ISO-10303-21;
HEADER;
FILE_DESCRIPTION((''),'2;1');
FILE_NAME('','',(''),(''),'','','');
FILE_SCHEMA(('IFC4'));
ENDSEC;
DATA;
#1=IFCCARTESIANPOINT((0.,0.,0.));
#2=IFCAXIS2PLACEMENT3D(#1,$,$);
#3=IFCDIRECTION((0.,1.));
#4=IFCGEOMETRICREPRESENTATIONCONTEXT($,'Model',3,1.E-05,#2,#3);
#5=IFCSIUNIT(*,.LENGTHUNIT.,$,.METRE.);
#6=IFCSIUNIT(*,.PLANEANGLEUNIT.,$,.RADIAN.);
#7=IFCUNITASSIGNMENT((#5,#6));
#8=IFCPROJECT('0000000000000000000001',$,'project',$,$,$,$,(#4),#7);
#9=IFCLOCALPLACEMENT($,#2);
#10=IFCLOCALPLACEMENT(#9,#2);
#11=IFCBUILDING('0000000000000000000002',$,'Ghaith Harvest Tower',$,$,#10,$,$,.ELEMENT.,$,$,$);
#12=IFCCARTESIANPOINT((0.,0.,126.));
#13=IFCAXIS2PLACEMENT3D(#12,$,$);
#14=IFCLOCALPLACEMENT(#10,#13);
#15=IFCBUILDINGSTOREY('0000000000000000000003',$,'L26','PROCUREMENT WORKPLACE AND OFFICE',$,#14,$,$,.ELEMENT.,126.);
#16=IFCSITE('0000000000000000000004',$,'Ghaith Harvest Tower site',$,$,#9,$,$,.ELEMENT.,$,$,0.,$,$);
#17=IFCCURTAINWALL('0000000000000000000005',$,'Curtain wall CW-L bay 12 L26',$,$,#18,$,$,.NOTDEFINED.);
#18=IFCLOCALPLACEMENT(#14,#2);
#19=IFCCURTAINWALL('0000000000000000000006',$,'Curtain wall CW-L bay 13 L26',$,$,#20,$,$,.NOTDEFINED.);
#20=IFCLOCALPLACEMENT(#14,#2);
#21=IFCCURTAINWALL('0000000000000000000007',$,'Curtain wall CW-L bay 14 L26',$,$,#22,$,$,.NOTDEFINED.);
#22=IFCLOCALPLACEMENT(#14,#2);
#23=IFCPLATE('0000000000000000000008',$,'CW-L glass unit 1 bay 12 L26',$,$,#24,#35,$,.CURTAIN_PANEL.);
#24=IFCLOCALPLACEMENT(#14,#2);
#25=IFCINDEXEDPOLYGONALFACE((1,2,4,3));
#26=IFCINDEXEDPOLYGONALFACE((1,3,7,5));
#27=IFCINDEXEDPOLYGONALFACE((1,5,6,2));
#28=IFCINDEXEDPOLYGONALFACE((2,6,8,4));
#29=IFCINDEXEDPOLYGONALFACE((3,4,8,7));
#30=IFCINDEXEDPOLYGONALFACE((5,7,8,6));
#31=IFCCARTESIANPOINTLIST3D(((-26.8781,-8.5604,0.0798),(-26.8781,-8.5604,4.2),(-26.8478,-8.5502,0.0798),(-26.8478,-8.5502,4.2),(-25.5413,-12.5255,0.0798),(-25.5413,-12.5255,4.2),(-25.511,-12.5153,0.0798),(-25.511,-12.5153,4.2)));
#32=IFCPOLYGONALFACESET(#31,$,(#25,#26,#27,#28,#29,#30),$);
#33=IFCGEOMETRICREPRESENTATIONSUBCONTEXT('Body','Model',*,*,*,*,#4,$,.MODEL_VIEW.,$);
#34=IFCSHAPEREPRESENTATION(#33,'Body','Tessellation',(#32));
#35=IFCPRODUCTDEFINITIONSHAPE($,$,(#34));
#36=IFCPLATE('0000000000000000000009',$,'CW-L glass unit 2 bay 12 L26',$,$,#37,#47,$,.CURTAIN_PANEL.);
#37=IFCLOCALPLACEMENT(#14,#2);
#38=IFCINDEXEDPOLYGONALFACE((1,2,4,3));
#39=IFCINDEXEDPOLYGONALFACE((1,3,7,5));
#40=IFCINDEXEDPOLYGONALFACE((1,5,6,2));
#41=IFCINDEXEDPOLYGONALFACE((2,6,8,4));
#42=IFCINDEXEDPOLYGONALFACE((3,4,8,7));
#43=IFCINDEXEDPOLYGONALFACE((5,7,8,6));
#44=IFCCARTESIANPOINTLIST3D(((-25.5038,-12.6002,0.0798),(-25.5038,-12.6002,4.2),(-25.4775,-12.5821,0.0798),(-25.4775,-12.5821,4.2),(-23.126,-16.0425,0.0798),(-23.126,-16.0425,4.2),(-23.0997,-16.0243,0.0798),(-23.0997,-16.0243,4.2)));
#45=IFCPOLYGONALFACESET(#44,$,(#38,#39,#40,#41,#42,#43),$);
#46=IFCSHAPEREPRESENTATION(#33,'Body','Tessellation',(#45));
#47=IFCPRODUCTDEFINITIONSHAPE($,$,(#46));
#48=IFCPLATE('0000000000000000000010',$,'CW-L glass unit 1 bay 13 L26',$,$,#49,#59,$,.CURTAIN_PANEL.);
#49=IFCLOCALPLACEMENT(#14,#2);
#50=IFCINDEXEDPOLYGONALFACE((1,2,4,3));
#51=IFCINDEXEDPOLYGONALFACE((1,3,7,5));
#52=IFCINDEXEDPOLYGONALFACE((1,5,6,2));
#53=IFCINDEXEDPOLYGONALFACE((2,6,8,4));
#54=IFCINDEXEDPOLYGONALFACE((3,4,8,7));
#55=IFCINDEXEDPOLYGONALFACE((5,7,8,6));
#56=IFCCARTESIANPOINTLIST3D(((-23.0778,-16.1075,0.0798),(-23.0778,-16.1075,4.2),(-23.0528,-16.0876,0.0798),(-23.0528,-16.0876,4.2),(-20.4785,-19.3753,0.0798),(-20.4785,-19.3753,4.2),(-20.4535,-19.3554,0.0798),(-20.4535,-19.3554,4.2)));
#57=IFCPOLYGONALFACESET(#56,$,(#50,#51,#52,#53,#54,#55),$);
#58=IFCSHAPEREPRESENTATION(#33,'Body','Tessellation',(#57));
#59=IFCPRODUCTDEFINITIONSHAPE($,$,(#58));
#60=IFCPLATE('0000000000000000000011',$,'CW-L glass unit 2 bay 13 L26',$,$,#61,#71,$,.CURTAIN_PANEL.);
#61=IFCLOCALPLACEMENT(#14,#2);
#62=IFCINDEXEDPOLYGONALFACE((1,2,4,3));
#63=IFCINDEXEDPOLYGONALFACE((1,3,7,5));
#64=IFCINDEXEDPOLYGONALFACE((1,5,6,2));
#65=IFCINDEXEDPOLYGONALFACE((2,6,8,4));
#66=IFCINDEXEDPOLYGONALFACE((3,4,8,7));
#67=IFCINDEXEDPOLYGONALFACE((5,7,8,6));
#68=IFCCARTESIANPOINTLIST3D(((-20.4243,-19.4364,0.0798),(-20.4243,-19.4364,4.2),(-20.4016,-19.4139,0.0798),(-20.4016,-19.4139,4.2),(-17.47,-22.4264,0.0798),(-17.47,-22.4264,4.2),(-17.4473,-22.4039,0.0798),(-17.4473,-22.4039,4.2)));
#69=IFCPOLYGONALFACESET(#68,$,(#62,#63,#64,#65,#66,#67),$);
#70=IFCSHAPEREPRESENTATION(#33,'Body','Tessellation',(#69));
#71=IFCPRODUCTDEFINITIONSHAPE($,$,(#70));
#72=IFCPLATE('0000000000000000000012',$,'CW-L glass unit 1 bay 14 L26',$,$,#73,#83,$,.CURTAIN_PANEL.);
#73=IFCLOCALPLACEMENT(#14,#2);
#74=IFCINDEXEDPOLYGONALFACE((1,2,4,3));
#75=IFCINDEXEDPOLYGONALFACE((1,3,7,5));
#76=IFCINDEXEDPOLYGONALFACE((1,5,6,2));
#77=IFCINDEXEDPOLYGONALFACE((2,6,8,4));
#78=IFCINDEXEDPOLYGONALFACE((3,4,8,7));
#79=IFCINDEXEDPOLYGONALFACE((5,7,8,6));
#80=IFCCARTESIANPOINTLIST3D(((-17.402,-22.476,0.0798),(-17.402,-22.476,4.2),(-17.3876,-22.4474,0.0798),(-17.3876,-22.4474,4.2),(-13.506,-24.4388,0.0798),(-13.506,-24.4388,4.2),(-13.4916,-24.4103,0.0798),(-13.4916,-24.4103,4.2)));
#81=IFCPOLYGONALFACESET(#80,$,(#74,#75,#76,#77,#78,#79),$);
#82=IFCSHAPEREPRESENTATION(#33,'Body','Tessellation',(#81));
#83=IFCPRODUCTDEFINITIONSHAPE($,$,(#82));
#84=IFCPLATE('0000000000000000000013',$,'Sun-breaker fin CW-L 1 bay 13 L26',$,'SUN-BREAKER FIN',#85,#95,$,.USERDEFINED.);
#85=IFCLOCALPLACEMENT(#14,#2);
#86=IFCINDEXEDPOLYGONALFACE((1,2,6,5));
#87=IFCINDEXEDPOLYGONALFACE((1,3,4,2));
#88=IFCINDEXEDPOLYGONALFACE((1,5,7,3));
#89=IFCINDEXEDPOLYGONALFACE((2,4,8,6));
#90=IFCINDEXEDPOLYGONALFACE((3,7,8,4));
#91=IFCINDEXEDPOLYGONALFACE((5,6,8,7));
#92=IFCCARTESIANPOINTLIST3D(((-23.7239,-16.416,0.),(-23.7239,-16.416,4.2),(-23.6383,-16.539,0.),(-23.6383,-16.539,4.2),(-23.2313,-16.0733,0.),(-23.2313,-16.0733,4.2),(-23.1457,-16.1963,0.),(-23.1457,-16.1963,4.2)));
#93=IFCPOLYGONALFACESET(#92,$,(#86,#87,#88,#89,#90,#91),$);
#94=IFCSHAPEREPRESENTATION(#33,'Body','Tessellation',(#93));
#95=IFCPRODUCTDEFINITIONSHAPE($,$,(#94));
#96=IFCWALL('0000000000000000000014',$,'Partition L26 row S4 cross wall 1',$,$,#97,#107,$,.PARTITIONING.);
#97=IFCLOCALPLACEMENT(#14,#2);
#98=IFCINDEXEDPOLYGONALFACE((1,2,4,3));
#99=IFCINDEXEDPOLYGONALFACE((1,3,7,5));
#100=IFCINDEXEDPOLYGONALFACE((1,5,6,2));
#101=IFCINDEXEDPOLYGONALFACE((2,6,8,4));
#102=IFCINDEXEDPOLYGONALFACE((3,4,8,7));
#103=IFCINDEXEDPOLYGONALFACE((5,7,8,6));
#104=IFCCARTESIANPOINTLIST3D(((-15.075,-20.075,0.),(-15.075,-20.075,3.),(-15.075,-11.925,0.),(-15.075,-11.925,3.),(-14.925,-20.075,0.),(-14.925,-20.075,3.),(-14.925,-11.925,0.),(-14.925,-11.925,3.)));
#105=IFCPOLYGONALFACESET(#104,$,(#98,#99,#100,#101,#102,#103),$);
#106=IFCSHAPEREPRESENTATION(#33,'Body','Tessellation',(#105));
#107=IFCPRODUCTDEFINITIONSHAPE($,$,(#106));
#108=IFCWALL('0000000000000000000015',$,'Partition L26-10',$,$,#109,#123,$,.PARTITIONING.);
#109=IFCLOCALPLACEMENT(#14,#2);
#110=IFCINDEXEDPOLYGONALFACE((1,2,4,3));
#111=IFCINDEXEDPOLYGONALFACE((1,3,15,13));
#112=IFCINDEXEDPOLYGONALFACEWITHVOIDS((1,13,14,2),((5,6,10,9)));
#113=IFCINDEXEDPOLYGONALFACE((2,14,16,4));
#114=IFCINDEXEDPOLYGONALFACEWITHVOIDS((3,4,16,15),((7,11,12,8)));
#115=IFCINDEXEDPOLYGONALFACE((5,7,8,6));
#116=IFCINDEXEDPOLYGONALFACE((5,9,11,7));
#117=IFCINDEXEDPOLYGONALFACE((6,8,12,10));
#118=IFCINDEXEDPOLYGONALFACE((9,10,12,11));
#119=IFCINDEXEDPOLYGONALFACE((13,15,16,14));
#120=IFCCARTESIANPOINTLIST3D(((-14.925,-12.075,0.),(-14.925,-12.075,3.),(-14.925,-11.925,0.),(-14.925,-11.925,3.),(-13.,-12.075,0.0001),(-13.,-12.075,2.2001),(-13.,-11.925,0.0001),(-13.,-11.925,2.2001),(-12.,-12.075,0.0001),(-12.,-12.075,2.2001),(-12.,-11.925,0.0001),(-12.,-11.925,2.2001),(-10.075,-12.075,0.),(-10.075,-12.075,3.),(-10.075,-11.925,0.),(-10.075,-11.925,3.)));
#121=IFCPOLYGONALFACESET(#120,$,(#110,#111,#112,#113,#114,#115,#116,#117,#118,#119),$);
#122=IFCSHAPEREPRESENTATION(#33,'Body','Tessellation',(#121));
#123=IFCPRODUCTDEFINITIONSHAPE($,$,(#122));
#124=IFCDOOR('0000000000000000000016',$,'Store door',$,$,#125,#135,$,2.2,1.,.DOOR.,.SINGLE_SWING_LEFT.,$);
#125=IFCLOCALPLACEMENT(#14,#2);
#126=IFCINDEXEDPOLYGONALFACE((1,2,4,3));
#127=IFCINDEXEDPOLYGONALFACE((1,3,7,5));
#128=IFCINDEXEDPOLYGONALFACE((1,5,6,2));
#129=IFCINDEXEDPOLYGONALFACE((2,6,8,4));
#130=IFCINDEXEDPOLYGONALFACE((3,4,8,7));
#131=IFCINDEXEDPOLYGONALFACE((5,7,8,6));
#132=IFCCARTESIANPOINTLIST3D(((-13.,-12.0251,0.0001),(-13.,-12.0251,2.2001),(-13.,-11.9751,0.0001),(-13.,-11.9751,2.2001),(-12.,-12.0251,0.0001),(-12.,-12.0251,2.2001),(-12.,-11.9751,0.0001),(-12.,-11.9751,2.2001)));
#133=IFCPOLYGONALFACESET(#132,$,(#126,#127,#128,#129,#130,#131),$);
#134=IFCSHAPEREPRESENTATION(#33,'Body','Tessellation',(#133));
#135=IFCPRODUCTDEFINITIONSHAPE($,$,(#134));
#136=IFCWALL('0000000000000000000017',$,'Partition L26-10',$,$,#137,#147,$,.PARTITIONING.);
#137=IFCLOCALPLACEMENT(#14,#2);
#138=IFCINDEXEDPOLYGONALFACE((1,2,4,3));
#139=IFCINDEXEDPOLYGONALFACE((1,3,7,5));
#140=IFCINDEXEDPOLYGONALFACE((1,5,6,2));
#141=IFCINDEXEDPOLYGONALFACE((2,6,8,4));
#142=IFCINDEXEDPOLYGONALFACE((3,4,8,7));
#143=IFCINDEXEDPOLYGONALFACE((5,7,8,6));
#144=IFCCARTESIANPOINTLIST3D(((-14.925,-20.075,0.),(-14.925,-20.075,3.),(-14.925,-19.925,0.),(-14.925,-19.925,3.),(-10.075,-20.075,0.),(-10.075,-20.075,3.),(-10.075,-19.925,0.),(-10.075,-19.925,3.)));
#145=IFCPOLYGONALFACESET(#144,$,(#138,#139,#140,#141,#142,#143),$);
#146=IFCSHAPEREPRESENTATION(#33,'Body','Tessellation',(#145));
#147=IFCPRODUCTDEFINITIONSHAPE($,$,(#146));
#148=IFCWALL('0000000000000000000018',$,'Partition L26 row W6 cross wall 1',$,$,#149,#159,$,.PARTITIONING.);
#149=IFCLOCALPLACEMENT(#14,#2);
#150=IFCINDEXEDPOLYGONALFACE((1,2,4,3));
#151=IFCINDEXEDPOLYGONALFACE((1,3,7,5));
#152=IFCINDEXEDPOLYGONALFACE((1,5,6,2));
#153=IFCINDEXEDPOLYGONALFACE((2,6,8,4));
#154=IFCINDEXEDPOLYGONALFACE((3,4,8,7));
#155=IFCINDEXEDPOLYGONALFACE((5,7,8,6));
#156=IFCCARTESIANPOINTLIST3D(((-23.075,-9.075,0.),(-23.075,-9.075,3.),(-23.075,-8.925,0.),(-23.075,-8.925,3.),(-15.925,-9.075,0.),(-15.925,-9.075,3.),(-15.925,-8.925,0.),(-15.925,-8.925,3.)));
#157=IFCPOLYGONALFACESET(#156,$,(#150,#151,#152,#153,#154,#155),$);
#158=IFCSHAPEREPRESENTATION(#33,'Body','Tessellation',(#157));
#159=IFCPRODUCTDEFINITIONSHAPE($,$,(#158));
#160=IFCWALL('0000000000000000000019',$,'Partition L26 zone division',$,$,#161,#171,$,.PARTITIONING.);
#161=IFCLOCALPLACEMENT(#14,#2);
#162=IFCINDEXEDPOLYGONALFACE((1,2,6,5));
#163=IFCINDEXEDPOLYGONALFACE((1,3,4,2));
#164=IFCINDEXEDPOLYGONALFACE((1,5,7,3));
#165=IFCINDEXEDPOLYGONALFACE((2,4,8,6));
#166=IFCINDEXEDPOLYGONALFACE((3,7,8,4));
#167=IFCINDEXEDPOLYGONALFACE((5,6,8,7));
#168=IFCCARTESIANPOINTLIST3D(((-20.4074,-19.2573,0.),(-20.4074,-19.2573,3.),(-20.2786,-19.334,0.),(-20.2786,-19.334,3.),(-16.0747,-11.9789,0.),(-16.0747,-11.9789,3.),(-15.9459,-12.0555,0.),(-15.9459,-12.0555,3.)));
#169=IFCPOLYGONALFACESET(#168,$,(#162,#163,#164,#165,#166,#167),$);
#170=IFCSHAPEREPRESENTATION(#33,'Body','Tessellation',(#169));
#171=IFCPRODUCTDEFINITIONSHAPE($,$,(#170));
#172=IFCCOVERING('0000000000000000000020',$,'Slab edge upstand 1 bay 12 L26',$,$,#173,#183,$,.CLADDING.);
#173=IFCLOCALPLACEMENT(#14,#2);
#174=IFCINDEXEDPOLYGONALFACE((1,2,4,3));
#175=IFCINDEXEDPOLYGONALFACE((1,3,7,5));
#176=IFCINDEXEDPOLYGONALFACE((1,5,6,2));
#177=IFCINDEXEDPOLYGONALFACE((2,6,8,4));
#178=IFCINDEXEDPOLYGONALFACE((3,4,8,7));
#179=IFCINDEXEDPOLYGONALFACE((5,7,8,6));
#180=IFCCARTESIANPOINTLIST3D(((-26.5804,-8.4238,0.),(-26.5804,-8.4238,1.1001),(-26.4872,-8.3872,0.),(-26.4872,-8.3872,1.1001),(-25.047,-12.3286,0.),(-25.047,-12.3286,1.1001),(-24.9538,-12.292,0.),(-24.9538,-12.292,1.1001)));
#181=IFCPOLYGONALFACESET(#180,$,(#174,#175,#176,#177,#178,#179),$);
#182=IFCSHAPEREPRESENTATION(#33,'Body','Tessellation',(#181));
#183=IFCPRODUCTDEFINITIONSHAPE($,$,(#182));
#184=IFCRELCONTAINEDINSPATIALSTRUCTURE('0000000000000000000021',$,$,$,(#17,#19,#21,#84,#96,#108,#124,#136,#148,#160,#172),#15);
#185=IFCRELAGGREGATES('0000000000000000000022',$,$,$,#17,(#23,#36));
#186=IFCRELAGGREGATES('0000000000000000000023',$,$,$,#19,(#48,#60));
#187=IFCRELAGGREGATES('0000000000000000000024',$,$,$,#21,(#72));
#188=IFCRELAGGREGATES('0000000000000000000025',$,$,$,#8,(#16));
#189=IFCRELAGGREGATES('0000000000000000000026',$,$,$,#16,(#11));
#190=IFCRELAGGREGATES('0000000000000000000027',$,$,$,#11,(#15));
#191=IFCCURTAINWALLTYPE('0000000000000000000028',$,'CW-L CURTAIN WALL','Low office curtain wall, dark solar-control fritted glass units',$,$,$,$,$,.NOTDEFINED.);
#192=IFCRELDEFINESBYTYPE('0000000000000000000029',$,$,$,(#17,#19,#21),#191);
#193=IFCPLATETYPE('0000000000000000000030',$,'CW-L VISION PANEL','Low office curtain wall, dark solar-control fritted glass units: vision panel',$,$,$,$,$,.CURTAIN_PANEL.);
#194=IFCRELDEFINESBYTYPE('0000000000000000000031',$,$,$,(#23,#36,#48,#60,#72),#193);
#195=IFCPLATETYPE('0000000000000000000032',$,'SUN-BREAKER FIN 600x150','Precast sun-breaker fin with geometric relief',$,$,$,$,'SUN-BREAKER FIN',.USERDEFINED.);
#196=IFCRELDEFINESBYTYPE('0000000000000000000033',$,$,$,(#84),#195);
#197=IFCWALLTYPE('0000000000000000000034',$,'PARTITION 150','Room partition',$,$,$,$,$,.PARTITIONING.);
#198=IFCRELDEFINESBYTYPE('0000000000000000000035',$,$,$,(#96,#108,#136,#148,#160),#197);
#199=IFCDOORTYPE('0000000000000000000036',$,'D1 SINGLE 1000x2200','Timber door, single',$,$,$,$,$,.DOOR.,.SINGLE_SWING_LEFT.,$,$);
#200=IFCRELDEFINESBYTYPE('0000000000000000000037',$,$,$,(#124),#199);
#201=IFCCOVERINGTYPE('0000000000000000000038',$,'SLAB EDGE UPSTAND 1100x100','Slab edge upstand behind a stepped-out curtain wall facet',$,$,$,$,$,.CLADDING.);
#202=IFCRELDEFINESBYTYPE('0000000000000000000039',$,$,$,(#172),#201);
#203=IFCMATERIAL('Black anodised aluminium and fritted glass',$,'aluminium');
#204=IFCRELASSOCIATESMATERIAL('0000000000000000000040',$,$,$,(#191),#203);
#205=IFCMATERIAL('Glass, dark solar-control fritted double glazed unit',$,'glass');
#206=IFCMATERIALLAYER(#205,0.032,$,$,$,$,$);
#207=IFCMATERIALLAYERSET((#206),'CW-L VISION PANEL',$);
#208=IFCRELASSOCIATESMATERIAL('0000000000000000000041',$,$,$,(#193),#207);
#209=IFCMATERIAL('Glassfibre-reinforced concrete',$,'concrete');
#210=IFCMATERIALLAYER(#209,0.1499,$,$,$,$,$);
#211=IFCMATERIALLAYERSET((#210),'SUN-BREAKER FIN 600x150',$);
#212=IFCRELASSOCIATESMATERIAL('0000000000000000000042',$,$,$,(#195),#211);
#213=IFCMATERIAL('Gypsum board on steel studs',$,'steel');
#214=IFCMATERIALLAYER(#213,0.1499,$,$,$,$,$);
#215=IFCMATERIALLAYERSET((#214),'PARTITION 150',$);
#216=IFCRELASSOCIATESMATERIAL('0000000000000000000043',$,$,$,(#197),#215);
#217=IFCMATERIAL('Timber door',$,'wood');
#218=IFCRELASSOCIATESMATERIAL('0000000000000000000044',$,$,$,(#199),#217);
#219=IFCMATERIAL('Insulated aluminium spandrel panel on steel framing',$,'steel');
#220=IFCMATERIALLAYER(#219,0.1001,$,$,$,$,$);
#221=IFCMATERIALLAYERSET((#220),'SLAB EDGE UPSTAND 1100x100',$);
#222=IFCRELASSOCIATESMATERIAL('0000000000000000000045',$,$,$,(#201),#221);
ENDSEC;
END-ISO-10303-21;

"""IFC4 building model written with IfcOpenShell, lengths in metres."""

from ifc_helpers import new_model, si_unit, direction, frame, frame_2d, origin, origin_2d, place, context, subcontext, project, spatial, rectangle, extrude, material, layer, layer_set, type_object, element, fill, aggregate, save


model = new_model("IFC4")

# Units and contexts
model_context = context("Model", 3, precision=1e-05, world=origin(), true_north=direction((0.0, 1.0)))
body_context = subcontext(model_context, "Body", "Model", "MODEL_VIEW")
ifc_project = project(units=[si_unit("LENGTHUNIT", "METRE"), si_unit("PLANEANGLEUNIT", "RADIAN")], contexts=[model_context])

# Site, building, storey
site_placement = place(None, origin())
site = spatial("IfcSite", under=ifc_project, at=site_placement, Name="Ghaith Harvest Tower site", CompositionType="ELEMENT", RefElevation=0.0)
building_placement = place(site_placement, origin())
building = spatial("IfcBuilding", under=site, at=building_placement, Name="Ghaith Harvest Tower", CompositionType="ELEMENT")
storey_placement = place(building_placement, frame((0.0, 0.0, 126.0)))
storey = spatial("IfcBuildingStorey", under=building, at=storey_placement, Name="L26", Description="PROCUREMENT WORKPLACE AND OFFICE", CompositionType="ELEMENT", Elevation=126.0)

# Curtain wall
ifc_material_1 = material(Name="Black anodised aluminium and fritted glass", Category="aluminium")
curtain_wall_type = type_object("IfcCurtainWallType", Name="CW-L CURTAIN WALL", Description="Low office curtain wall, dark solar-control fritted glass units", PredefinedType="NOTDEFINED", material=ifc_material_1)
curtain_wall_1_placement = place(storey_placement, origin())
curtain_wall_1 = element("IfcCurtainWall", 1, at=curtain_wall_1_placement, inside=storey, type_object=curtain_wall_type, Name="Curtain wall CW-L bay 12 L26", PredefinedType="NOTDEFINED")

# Curtain wall
curtain_wall_2_placement = place(storey_placement, origin())
curtain_wall_2 = element("IfcCurtainWall", 2, at=curtain_wall_2_placement, inside=storey, type_object=curtain_wall_type, Name="Curtain wall CW-L bay 13 L26", PredefinedType="NOTDEFINED")

# Curtain wall
curtain_wall_3_placement = place(storey_placement, origin())
curtain_wall_3 = element("IfcCurtainWall", 3, at=curtain_wall_3_placement, inside=storey, type_object=curtain_wall_type, Name="Curtain wall CW-L bay 14 L26", PredefinedType="NOTDEFINED")

# Plates
ifc_material_2 = material(Name="Glass, dark solar-control fritted double glazed unit", Category="glass")
ifc_layer_1 = layer(ifc_material_2, 0.032)
ifc_layer_set_1 = layer_set([ifc_layer_1], Name="CW-L VISION PANEL")
plate_type_1 = type_object("IfcPlateType", Name="CW-L VISION PANEL", Description="Low office curtain wall, dark solar-control fritted glass units: vision panel", PredefinedType="CURTAIN_PANEL", material=ifc_layer_set_1)
plate_1_placement = place(storey_placement, frame((-26.1946, -10.5378, 0.0798), z_axis=(0.0, 0.0, 1.0), x_axis=(0.319477, -0.947594, 0.0)))
plate_1 = element("IfcPlate", 4, at=plate_1_placement, type_object=plate_type_1, Name="CW-L glass unit 1 bay 12 L26", PredefinedType="CURTAIN_PANEL", context=body_context, shape_type="SweptSolid", body=[
    extrude(rectangle(XDim=4.1843, YDim=0.032, at=origin_2d()), origin(), (0.0, 0.0, 1.0), 4.1201),
])
plate_2_placement = place(storey_placement, frame((-24.3018, -14.3123, 0.0798), z_axis=(0.0, 0.0, 1.0), x_axis=(0.568348, -0.822788, 0.0)))
plate_2 = element("IfcPlate", 5, at=plate_2_placement, type_object=plate_type_1, Name="CW-L glass unit 2 bay 12 L26", PredefinedType="CURTAIN_PANEL", context=body_context, shape_type="SweptSolid", body=[
    extrude(rectangle(XDim=4.1836, YDim=0.032, at=origin_2d()), origin(), (0.0, 0.0, 1.0), 4.1201),
])
aggregate(curtain_wall_1, [plate_1, plate_2])
plate_3_placement = place(storey_placement, frame((-21.7656, -17.7314, 0.0798), z_axis=(0.0, 0.0, 1.0), x_axis=(0.622507, -0.782614, 0.0)))
plate_3 = element("IfcPlate", 6, at=plate_3_placement, type_object=plate_type_1, Name="CW-L glass unit 1 bay 13 L26", PredefinedType="CURTAIN_PANEL", context=body_context, shape_type="SweptSolid", body=[
    extrude(rectangle(XDim=4.1755, YDim=0.032, at=origin_2d()), origin(), (0.0, 0.0, 1.0), 4.1201),
])
plate_4_placement = place(storey_placement, frame((-18.9358, -20.9202, 0.0798), z_axis=(0.0, 0.0, 1.0), x_axis=(0.702843, -0.711345, 0.0)))
plate_4 = element("IfcPlate", 7, at=plate_4_placement, type_object=plate_type_1, Name="CW-L glass unit 2 bay 13 L26", PredefinedType="CURTAIN_PANEL", context=body_context, shape_type="SweptSolid", body=[
    extrude(rectangle(XDim=4.2034, YDim=0.032, at=origin_2d()), origin(), (0.0, 0.0, 1.0), 4.1201),
])
aggregate(curtain_wall_2, [plate_3, plate_4])
plate_5_placement = place(storey_placement, frame((-15.4468, -23.4431, 0.0798), z_axis=(0.0, 0.0, 1.0), x_axis=(0.893062, -0.449933, 0.0)))
plate_5 = element("IfcPlate", 8, at=plate_5_placement, type_object=plate_type_1, Name="CW-L glass unit 1 bay 14 L26", PredefinedType="CURTAIN_PANEL", context=body_context, shape_type="SweptSolid", body=[
    extrude(rectangle(XDim=4.3625, YDim=0.032, at=origin_2d()), origin(), (0.0, 0.0, 1.0), 4.1201),
])
aggregate(curtain_wall_3, [plate_5])
ifc_material_3 = material(Name="Glassfibre-reinforced concrete", Category="concrete")
ifc_layer_2 = layer(ifc_material_3, 0.1499)
ifc_layer_set_2 = layer_set([ifc_layer_2], Name="SUN-BREAKER FIN 600x150")
plate_type_2 = type_object("IfcPlateType", Name="SUN-BREAKER FIN 600x150", Description="Precast sun-breaker fin with geometric relief", ElementType="SUN-BREAKER FIN", PredefinedType="USERDEFINED", material=ifc_layer_set_2)
plate_6_placement = place(storey_placement, frame((-23.4348, -16.3062, 0.0), z_axis=(0.0, 0.0, 1.0), x_axis=(-0.820845, -0.57115, 0.0)))
element("IfcPlate", 9, at=plate_6_placement, inside=storey, type_object=plate_type_2, Name="Sun-breaker fin CW-L 1 bay 13 L26", ObjectType="SUN-BREAKER FIN", PredefinedType="USERDEFINED", context=body_context, shape_type="SweptSolid", body=[
    extrude(rectangle(XDim=0.6001, YDim=0.1499, at=origin_2d()), origin(), (0.0, 0.0, 1.0), 4.2),
])

# Wall
ifc_material_4 = material(Name="Gypsum board on steel studs", Category="steel")
ifc_layer_3 = layer(ifc_material_4, 0.1499)
ifc_layer_set_3 = layer_set([ifc_layer_3], Name="PARTITION 150")
wall_type_1 = type_object("IfcWallType", Name="PARTITION 150", Description="Room partition", PredefinedType="PARTITIONING", material=ifc_layer_set_3)
wall_1_placement = place(storey_placement, frame((-15.0, -11.925, 0.0), z_axis=(0.0, 0.0, 1.0), x_axis=(0.0, -1.0, 0.0)))
element("IfcWall", 10, at=wall_1_placement, inside=storey, type_object=wall_type_1, Name="Partition L26 row S4 cross wall 1", PredefinedType="PARTITIONING", context=body_context, shape_type="SweptSolid", body=[
    extrude(rectangle(XDim=8.1499, YDim=0.1499, at=frame_2d((4.075, 0.0))), origin(), (0.0, 0.0, 1.0), 3.0),
])

# Wall, opening, door
wall_2_placement = place(storey_placement, frame((-14.925, -12.0, 0.0), z_axis=(0.0, 0.0, 1.0), x_axis=(1.0, 0.0, 0.0)))
wall_2 = element("IfcWall", 11, at=wall_2_placement, inside=storey, type_object=wall_type_1, Name="Partition L26-10", PredefinedType="PARTITIONING", context=body_context, shape_type="SweptSolid", body=[
    extrude(rectangle(XDim=4.8501, YDim=0.1499, at=frame_2d((2.425, 0.0))), origin(), (0.0, 0.0, 1.0), 3.0),
])
opening_1_placement = place(wall_2_placement, frame((1.925, 0.0, 0.0)))
opening_1 = element("IfcOpeningElement", 12, at=opening_1_placement, cuts=wall_2, PredefinedType="OPENING", context=body_context, shape_type="SweptSolid", body=[
    extrude(rectangle(XDim=1.0, YDim=2.2, at=frame_2d((0.5, 1.1001))), frame((0.0, 0.085, 0.0), z_axis=(0.0, -1.0, 0.0), x_axis=(1.0, 0.0, 0.0)), (0.0, 0.0, 1.0), 0.1699),
])
ifc_material_5 = material(Name="Timber door", Category="wood")
door_type_1 = type_object("IfcDoorType", Name="D1 SINGLE 1000x2200", Description="Timber door, single", OperationType="SINGLE_SWING_LEFT", PredefinedType="DOOR", material=ifc_material_5)
door_1_placement = place(opening_1_placement, origin())
door_1 = element("IfcDoor", 13, at=door_1_placement, inside=storey, type_object=door_type_1, Name="Store door", OperationType="SINGLE_SWING_LEFT", OverallHeight=2.2, OverallWidth=1.0, PredefinedType="DOOR", context=body_context, shape_type="SweptSolid", body=[
    extrude(rectangle(XDim=1.0, YDim=2.2, at=frame_2d((0.5, 1.1001))), frame((0.0, 0.0249, 0.0), z_axis=(0.0, -1.0, 0.0), x_axis=(1.0, 0.0, 0.0)), (0.0, 0.0, 1.0), 0.05),
])
fill(opening_1, door_1)

# Walls
wall_3_placement = place(storey_placement, frame((-14.925, -20.0, 0.0), z_axis=(0.0, 0.0, 1.0), x_axis=(1.0, 0.0, 0.0)))
element("IfcWall", 14, at=wall_3_placement, inside=storey, type_object=wall_type_1, Name="Partition L26-10", PredefinedType="PARTITIONING", context=body_context, shape_type="SweptSolid", body=[
    extrude(rectangle(XDim=4.8501, YDim=0.1499, at=frame_2d((2.425, 0.0))), origin(), (0.0, 0.0, 1.0), 3.0),
])
wall_4_placement = place(storey_placement, frame((-15.925, -9.0, 0.0), z_axis=(0.0, 0.0, 1.0), x_axis=(-1.0, 0.0, 0.0)))
element("IfcWall", 15, at=wall_4_placement, inside=storey, type_object=wall_type_1, Name="Partition L26 row W6 cross wall 1", PredefinedType="PARTITIONING", context=body_context, shape_type="SweptSolid", body=[
    extrude(rectangle(XDim=7.1499, YDim=0.1499, at=frame_2d((3.575, 0.0))), origin(), (0.0, 0.0, 1.0), 3.0),
])
wall_5_placement = place(storey_placement, frame((-16.0103, -12.0171, 0.0), z_axis=(0.0, 0.0, 1.0), x_axis=(-0.511509, -0.859278, 0.0)))
element("IfcWall", 16, at=wall_5_placement, inside=storey, type_object=wall_type_1, Name="Partition L26 zone division", PredefinedType="PARTITIONING", context=body_context, shape_type="SweptSolid", body=[
    extrude(rectangle(XDim=8.4705, YDim=0.1499, at=frame_2d((4.2354, 0.0))), origin(), (0.0, 0.0, 1.0), 3.0),
])

# Covering
ifc_material_6 = material(Name="Insulated aluminium spandrel panel on steel framing", Category="steel")
ifc_layer_4 = layer(ifc_material_6, 0.1001)
ifc_layer_set_4 = layer_set([ifc_layer_4], Name="SLAB EDGE UPSTAND 1100x100")
covering_type = type_object("IfcCoveringType", Name="SLAB EDGE UPSTAND 1100x100", Description="Slab edge upstand behind a stepped-out curtain wall facet", PredefinedType="CLADDING", material=ifc_layer_set_4)
covering_1_placement = place(storey_placement, frame((-25.7671, -10.3579, 0.0), z_axis=(0.0, 0.0, 1.0), x_axis=(0.365515, -0.930805, 0.0)))
element("IfcCovering", 17, at=covering_1_placement, inside=storey, type_object=covering_type, Name="Slab edge upstand 1 bay 12 L26", PredefinedType="CLADDING", context=body_context, shape_type="SweptSolid", body=[
    extrude(rectangle(XDim=4.1951, YDim=0.1001, at=origin_2d()), origin(), (0.0, 0.0, 1.0), 1.1001),
])

save(model, "model.ifc")
